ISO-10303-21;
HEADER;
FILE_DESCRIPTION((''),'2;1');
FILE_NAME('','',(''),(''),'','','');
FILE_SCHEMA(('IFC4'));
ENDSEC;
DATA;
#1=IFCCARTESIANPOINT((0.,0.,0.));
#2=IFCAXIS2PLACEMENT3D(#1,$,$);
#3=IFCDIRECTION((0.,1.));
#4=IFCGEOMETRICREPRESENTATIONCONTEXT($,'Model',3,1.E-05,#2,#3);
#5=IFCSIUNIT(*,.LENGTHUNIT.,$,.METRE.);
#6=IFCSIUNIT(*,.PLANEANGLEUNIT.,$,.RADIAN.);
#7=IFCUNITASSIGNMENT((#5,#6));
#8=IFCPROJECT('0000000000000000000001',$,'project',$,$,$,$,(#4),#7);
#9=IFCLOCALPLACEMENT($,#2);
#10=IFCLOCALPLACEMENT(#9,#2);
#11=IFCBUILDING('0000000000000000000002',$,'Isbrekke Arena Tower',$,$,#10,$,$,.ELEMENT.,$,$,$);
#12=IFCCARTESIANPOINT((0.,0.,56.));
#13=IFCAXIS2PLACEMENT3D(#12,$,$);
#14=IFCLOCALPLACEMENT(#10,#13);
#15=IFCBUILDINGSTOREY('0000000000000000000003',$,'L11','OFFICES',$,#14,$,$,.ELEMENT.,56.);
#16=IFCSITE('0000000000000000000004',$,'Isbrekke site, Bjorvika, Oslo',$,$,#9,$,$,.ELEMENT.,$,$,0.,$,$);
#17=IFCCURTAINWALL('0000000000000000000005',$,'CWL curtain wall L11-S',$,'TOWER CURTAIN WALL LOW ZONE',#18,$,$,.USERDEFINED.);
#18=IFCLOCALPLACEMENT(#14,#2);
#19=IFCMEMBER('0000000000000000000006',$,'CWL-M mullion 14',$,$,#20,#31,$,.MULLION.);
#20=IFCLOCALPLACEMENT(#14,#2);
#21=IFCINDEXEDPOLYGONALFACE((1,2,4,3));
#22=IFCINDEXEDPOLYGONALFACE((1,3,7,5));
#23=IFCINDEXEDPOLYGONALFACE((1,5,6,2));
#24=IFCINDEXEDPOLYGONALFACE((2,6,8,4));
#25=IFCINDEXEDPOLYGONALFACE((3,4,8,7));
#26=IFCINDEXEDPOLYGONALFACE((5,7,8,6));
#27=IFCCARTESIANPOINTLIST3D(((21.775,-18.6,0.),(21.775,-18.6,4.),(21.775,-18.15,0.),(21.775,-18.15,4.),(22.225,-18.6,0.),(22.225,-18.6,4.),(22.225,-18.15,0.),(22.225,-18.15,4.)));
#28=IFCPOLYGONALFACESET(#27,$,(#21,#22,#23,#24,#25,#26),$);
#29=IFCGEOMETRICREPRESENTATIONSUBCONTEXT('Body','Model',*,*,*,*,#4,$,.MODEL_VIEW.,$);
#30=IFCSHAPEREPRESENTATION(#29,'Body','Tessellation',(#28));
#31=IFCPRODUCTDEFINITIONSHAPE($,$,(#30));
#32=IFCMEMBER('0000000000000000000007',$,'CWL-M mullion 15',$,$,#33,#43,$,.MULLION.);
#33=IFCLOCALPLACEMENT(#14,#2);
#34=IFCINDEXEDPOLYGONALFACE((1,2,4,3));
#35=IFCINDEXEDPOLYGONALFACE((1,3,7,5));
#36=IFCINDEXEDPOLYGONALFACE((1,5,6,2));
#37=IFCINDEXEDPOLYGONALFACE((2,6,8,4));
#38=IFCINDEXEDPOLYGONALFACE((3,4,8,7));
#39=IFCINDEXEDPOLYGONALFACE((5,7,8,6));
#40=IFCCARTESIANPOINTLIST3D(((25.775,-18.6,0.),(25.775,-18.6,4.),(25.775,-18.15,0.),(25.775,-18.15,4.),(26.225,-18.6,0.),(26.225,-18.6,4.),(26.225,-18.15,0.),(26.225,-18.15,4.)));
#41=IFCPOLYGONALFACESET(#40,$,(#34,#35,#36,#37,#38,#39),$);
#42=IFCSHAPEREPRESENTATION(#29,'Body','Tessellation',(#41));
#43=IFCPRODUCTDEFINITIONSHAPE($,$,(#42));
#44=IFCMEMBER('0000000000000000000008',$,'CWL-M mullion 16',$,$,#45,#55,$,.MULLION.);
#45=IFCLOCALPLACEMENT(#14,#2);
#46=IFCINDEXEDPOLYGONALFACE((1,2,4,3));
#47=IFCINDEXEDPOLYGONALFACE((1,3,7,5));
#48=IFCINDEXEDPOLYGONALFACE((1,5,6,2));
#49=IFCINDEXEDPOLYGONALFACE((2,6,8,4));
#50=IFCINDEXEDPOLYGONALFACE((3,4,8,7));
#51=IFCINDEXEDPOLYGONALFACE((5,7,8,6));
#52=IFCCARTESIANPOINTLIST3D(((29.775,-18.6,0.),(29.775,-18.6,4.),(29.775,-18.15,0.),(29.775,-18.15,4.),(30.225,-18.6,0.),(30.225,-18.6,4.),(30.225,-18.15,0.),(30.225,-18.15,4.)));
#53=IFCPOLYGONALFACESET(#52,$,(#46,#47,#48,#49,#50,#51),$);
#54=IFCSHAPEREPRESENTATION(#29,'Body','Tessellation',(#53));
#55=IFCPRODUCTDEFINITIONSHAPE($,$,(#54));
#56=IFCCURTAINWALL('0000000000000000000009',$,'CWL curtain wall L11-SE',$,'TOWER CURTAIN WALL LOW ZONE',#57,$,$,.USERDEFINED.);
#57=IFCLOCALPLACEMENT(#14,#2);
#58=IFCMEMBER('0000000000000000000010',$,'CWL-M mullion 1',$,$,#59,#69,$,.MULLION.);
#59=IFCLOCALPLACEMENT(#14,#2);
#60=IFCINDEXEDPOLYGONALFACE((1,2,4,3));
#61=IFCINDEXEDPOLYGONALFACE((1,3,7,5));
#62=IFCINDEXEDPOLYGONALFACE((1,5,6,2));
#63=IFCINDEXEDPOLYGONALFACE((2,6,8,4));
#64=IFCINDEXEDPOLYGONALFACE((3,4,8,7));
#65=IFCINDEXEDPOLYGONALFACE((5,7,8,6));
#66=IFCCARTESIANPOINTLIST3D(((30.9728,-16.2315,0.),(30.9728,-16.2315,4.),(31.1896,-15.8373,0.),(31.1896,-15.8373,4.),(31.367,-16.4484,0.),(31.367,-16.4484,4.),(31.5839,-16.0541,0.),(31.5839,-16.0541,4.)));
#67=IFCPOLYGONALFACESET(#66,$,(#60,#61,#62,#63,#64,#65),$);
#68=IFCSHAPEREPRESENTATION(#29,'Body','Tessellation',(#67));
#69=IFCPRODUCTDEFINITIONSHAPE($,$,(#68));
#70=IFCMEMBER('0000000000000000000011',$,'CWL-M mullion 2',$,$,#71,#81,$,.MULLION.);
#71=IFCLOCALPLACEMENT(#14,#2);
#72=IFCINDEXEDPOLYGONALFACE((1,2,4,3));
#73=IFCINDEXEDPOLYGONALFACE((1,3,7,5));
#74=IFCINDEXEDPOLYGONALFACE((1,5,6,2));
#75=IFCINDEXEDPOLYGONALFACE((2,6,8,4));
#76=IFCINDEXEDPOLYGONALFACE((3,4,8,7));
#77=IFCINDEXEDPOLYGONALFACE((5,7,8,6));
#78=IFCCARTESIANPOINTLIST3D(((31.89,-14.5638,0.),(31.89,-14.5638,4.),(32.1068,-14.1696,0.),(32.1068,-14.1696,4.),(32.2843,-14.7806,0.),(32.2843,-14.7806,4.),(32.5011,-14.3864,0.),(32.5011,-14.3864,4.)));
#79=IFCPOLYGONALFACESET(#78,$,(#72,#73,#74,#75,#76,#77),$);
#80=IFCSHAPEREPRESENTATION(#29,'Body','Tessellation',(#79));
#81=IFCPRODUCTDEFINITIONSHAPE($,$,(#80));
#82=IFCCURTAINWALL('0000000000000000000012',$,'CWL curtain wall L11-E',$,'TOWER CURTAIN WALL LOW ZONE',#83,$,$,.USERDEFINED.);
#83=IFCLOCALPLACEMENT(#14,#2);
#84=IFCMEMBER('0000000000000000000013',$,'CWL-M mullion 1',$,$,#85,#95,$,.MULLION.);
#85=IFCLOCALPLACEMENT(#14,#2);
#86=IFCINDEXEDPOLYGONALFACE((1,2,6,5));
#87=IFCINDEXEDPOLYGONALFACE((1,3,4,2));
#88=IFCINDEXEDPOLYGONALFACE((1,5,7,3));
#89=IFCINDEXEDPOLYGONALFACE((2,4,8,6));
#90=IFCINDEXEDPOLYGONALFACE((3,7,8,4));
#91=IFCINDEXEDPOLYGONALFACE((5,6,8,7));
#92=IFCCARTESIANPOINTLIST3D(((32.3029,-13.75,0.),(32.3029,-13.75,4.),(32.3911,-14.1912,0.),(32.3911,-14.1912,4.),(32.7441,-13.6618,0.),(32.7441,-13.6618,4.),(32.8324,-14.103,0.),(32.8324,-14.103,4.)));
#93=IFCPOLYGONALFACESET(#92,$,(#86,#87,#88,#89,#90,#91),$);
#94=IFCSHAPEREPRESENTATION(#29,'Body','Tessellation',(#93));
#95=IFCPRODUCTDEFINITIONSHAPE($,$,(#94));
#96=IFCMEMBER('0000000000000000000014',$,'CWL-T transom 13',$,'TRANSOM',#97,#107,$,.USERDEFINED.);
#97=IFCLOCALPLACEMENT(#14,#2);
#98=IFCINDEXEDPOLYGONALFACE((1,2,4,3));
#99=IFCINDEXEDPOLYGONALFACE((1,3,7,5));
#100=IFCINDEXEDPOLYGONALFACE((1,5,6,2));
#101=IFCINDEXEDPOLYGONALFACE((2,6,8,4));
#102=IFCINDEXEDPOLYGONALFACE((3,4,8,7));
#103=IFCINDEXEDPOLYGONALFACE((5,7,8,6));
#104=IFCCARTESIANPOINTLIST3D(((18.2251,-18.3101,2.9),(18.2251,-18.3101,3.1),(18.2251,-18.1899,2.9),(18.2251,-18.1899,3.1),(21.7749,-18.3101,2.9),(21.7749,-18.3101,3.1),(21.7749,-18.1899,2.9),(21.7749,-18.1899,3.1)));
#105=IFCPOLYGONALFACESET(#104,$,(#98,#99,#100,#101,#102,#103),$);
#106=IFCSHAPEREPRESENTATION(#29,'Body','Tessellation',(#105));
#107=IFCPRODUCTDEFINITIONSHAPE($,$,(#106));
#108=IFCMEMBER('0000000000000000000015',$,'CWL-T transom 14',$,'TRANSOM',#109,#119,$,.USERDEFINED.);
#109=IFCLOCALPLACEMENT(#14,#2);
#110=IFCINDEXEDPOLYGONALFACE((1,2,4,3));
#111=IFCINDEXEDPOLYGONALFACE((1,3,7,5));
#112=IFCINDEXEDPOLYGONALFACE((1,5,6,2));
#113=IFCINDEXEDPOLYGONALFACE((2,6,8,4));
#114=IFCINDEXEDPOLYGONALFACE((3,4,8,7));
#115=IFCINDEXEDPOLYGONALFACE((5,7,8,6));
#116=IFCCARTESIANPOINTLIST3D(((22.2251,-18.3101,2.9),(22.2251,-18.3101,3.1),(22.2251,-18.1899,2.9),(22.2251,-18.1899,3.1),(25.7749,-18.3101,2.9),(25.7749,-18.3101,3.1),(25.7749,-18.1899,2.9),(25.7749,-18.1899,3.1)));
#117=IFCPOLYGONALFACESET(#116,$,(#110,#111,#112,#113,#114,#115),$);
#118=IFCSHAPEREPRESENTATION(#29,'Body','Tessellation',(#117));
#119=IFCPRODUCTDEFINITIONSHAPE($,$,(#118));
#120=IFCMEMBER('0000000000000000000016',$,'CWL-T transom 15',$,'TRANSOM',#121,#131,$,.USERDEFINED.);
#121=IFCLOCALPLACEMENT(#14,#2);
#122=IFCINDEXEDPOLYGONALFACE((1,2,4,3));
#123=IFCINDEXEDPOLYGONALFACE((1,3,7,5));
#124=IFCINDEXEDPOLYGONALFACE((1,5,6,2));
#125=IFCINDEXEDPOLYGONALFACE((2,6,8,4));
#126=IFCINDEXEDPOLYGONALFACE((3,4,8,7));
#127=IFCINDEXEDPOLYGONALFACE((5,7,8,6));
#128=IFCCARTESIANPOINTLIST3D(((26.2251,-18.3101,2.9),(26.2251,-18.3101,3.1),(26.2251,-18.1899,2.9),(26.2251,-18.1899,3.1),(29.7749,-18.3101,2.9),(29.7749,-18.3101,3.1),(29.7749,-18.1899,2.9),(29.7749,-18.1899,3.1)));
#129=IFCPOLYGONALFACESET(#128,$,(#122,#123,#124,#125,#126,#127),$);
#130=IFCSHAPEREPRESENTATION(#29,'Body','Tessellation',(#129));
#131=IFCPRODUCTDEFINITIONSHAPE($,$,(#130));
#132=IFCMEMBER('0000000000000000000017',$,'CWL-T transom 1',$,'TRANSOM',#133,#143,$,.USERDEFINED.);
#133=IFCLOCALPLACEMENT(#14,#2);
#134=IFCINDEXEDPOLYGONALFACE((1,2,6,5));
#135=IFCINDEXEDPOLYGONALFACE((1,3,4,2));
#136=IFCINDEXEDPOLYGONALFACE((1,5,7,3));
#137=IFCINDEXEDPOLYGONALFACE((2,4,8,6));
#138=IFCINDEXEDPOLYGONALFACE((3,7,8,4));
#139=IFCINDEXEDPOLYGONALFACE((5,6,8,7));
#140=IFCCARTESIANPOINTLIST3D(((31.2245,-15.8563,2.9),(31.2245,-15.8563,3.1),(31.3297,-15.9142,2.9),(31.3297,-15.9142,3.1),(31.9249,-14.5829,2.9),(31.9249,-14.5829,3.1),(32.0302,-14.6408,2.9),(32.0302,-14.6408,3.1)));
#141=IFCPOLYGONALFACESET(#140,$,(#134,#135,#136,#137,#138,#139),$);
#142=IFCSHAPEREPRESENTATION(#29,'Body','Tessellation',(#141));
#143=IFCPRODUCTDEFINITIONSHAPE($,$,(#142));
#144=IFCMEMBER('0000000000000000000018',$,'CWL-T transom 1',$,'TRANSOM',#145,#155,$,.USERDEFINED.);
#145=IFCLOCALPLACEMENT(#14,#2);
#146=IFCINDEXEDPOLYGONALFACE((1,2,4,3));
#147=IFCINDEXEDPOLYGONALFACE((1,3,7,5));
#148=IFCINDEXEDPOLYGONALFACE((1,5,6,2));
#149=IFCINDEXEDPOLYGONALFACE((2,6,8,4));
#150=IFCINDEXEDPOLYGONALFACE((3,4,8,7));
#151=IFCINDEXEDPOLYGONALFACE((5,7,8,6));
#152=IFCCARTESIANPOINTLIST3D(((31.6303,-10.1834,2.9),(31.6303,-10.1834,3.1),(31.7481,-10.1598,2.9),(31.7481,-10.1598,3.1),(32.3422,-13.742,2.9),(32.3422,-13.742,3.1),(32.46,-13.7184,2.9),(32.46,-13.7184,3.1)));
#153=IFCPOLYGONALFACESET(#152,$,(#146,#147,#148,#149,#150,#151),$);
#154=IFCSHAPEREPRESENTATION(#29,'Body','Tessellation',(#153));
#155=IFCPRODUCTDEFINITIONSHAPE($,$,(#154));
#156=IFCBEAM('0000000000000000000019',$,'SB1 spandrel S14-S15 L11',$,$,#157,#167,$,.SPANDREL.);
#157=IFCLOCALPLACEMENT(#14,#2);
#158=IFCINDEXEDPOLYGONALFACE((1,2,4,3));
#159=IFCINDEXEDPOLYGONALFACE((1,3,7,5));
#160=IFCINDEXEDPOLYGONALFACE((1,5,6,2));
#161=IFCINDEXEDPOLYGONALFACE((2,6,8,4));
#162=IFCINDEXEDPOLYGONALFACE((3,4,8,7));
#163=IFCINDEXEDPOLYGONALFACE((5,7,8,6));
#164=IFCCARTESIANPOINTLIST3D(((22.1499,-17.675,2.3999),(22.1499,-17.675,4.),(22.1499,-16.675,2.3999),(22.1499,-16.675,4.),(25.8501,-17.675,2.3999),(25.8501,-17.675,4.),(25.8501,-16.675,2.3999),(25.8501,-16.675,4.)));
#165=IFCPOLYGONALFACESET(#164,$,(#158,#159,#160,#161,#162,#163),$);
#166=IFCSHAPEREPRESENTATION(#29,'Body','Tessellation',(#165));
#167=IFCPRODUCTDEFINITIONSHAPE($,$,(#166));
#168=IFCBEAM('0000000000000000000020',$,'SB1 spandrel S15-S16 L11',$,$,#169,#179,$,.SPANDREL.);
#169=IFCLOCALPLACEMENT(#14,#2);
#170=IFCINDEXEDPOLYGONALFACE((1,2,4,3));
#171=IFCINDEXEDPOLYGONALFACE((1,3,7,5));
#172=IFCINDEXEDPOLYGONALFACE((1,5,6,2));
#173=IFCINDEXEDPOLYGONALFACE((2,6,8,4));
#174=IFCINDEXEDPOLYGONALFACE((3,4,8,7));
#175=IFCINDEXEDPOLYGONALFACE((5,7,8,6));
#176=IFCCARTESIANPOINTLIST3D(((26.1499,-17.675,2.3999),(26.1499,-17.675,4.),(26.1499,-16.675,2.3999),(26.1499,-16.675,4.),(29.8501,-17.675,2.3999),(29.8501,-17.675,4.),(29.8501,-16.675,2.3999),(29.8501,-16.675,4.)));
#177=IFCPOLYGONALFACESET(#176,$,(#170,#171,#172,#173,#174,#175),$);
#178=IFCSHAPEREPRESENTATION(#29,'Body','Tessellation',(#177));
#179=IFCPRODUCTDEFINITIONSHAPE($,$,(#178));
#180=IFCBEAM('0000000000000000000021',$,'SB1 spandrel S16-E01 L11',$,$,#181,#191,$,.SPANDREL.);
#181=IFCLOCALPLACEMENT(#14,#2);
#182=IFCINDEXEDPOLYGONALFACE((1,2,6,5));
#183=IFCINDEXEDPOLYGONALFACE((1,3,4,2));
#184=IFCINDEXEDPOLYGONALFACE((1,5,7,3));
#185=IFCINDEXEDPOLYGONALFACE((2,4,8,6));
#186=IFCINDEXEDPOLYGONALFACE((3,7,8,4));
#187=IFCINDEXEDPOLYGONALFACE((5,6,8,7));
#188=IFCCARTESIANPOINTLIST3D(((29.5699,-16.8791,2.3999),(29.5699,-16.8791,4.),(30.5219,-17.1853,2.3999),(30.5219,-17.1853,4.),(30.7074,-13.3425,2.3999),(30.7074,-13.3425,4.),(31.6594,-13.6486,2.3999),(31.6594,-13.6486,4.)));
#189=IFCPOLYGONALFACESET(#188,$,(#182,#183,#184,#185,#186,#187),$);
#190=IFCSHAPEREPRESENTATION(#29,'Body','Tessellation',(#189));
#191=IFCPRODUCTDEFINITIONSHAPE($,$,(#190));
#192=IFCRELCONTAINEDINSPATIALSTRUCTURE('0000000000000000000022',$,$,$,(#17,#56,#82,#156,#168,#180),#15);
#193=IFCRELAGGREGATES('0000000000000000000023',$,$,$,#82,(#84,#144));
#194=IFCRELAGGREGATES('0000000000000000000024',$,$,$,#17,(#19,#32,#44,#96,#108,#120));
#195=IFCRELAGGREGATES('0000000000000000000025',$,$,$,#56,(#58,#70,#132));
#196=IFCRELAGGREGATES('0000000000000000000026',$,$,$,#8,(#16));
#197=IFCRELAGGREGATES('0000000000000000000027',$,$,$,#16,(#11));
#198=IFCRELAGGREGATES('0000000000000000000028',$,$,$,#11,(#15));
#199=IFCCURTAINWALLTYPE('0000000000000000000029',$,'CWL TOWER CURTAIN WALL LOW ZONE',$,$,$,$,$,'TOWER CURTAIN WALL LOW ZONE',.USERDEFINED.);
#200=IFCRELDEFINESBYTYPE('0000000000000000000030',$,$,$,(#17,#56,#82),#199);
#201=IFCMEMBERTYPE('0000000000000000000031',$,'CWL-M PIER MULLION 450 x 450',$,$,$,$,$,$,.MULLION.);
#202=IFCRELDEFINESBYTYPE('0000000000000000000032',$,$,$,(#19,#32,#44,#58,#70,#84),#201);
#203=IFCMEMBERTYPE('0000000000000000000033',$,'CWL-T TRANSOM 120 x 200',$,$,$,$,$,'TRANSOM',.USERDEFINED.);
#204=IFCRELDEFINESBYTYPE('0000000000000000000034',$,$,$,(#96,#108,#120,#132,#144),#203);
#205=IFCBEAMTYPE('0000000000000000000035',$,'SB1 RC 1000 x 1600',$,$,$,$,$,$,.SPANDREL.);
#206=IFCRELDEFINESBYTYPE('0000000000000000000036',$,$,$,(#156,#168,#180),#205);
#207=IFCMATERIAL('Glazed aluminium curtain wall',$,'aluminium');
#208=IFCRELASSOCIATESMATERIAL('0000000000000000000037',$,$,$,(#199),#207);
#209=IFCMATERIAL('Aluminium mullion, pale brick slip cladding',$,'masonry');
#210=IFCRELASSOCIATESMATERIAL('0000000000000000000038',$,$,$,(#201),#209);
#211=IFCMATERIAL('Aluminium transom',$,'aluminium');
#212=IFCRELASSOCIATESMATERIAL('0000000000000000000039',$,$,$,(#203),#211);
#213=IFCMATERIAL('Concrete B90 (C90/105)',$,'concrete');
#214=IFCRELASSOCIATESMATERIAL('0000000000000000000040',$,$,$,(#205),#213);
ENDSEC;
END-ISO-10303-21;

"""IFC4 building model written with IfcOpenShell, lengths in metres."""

from ifc_helpers import new_model, si_unit, direction, frame, origin, origin_2d, place, context, subcontext, project, spatial, rectangle, extrude, material, material_profile, profile_set, type_object, element, aggregate, save


model = new_model("IFC4")

# Units and contexts
model_context = context("Model", 3, precision=1e-05, world=origin(), true_north=direction((0.0, 1.0)))
body_context = subcontext(model_context, "Body", "Model", "MODEL_VIEW")
ifc_project = project(units=[si_unit("LENGTHUNIT", "METRE"), si_unit("PLANEANGLEUNIT", "RADIAN")], contexts=[model_context])

# Site, building, storey
site_placement = place(None, origin())
site = spatial("IfcSite", under=ifc_project, at=site_placement, Name="Isbrekke site, Bjorvika, Oslo", CompositionType="ELEMENT", RefElevation=0.0)
building_placement = place(site_placement, origin())
building = spatial("IfcBuilding", under=site, at=building_placement, Name="Isbrekke Arena Tower", CompositionType="ELEMENT")
storey_placement = place(building_placement, frame((0.0, 0.0, 56.0)))
storey = spatial("IfcBuildingStorey", under=building, at=storey_placement, Name="L11", Description="OFFICES", CompositionType="ELEMENT", Elevation=56.0)

# Curtain walls, members
ifc_material_1 = material(Name="Glazed aluminium curtain wall", Category="aluminium")
curtain_wall_type = type_object("IfcCurtainWallType", Name="CWL TOWER CURTAIN WALL LOW ZONE", ElementType="TOWER CURTAIN WALL LOW ZONE", PredefinedType="USERDEFINED", material=ifc_material_1)
curtain_wall_1_placement = place(storey_placement, origin())
curtain_wall_1 = element("IfcCurtainWall", 1, at=curtain_wall_1_placement, inside=storey, type_object=curtain_wall_type, Name="CWL curtain wall L11-S", ObjectType="TOWER CURTAIN WALL LOW ZONE", PredefinedType="USERDEFINED")
ifc_material_2 = material(Name="Aluminium mullion, pale brick slip cladding", Category="masonry")
ifc_material_profile_1 = material_profile(ifc_material_2, rectangle(XDim=0.45, YDim=0.45, at=origin_2d()), Name="PIER 450X450")
ifc_profile_set_1 = profile_set([ifc_material_profile_1], Name="Aluminium mullion, pale brick slip cladding")
member_type_1 = type_object("IfcMemberType", Name="CWL-M PIER MULLION 450 x 450", PredefinedType="MULLION", material=ifc_profile_set_1)
member_1_placement = place(storey_placement, frame((22.0, -18.375, 0.0), z_axis=(0.0, 0.0, 1.0), x_axis=(1.0, 0.0, 0.0)))
member_1 = element("IfcMember", 2, at=member_1_placement, type_object=member_type_1, Name="CWL-M mullion 14", PredefinedType="MULLION", context=body_context, shape_type="SweptSolid", body=[
    extrude(rectangle(XDim=0.45, YDim=0.45, at=origin_2d()), origin(), (0.0, 0.0, 1.0), 4.0),
])
member_2_placement = place(storey_placement, frame((26.0, -18.375, 0.0), z_axis=(0.0, 0.0, 1.0), x_axis=(1.0, 0.0, 0.0)))
member_2 = element("IfcMember", 3, at=member_2_placement, type_object=member_type_1, Name="CWL-M mullion 15", PredefinedType="MULLION", context=body_context, shape_type="SweptSolid", body=[
    extrude(rectangle(XDim=0.45, YDim=0.45, at=origin_2d()), origin(), (0.0, 0.0, 1.0), 4.0),
])
member_3_placement = place(storey_placement, frame((30.0, -18.375, 0.0), z_axis=(0.0, 0.0, 1.0), x_axis=(1.0, 0.0, 0.0)))
member_3 = element("IfcMember", 4, at=member_3_placement, type_object=member_type_1, Name="CWL-M mullion 16", PredefinedType="MULLION", context=body_context, shape_type="SweptSolid", body=[
    extrude(rectangle(XDim=0.45, YDim=0.45, at=origin_2d()), origin(), (0.0, 0.0, 1.0), 4.0),
])
curtain_wall_2_placement = place(storey_placement, origin())
curtain_wall_2 = element("IfcCurtainWall", 5, at=curtain_wall_2_placement, inside=storey, type_object=curtain_wall_type, Name="CWL curtain wall L11-SE", ObjectType="TOWER CURTAIN WALL LOW ZONE", PredefinedType="USERDEFINED")
member_4_placement = place(storey_placement, frame((31.2783, -16.1428, 0.0), z_axis=(0.0, 0.0, 1.0), x_axis=(0.481919, 0.876216, 0.0)))
member_4 = element("IfcMember", 6, at=member_4_placement, type_object=member_type_1, Name="CWL-M mullion 1", PredefinedType="MULLION", context=body_context, shape_type="SweptSolid", body=[
    extrude(rectangle(XDim=0.45, YDim=0.45, at=origin_2d()), origin(), (0.0, 0.0, 1.0), 4.0),
])
member_5_placement = place(storey_placement, frame((32.1956, -14.4751, 0.0), z_axis=(0.0, 0.0, 1.0), x_axis=(0.481919, 0.876216, 0.0)))
member_5 = element("IfcMember", 7, at=member_5_placement, type_object=member_type_1, Name="CWL-M mullion 2", PredefinedType="MULLION", context=body_context, shape_type="SweptSolid", body=[
    extrude(rectangle(XDim=0.45, YDim=0.45, at=origin_2d()), origin(), (0.0, 0.0, 1.0), 4.0),
])

# Curtain wall, member
curtain_wall_3_placement = place(storey_placement, origin())
curtain_wall_3 = element("IfcCurtainWall", 8, at=curtain_wall_3_placement, inside=storey, type_object=curtain_wall_type, Name="CWL curtain wall L11-E", ObjectType="TOWER CURTAIN WALL LOW ZONE", PredefinedType="USERDEFINED")
member_6_placement = place(storey_placement, frame((32.5676, -13.9265, 0.0), z_axis=(0.0, 0.0, 1.0), x_axis=(-0.196116, 0.980581, 0.0)))
member_6 = element("IfcMember", 9, at=member_6_placement, type_object=member_type_1, Name="CWL-M mullion 1", PredefinedType="MULLION", context=body_context, shape_type="SweptSolid", body=[
    extrude(rectangle(XDim=0.45, YDim=0.45, at=origin_2d()), origin(), (0.0, 0.0, 1.0), 4.0),
])

# Members
ifc_material_3 = material(Name="Aluminium transom", Category="aluminium")
ifc_material_profile_2 = material_profile(ifc_material_3, rectangle(XDim=0.1201, YDim=0.2, at=origin_2d()), Name="TRANSOM 120X200")
ifc_profile_set_2 = profile_set([ifc_material_profile_2], Name="Aluminium transom")
member_type_2 = type_object("IfcMemberType", Name="CWL-T TRANSOM 120 x 200", ElementType="TRANSOM", PredefinedType="USERDEFINED", material=ifc_profile_set_2)
member_7_placement = place(storey_placement, frame((18.2251, -18.25, 3.0), z_axis=(1.0, 0.0, 0.0), x_axis=(0.0, 1.0, 0.0)))
member_7 = element("IfcMember", 10, at=member_7_placement, type_object=member_type_2, Name="CWL-T transom 13", ObjectType="TRANSOM", PredefinedType="USERDEFINED", context=body_context, shape_type="SweptSolid", body=[
    extrude(rectangle(XDim=0.1201, YDim=0.2, at=origin_2d()), origin(), (0.0, 0.0, 1.0), 3.5498),
])
member_8_placement = place(storey_placement, frame((22.2251, -18.25, 3.0), z_axis=(1.0, 0.0, 0.0), x_axis=(0.0, 1.0, 0.0)))
member_8 = element("IfcMember", 11, at=member_8_placement, type_object=member_type_2, Name="CWL-T transom 14", ObjectType="TRANSOM", PredefinedType="USERDEFINED", context=body_context, shape_type="SweptSolid", body=[
    extrude(rectangle(XDim=0.1201, YDim=0.2, at=origin_2d()), origin(), (0.0, 0.0, 1.0), 3.5498),
])
member_9_placement = place(storey_placement, frame((26.2251, -18.25, 3.0), z_axis=(1.0, 0.0, 0.0), x_axis=(0.0, 1.0, 0.0)))
member_9 = element("IfcMember", 12, at=member_9_placement, type_object=member_type_2, Name="CWL-T transom 15", ObjectType="TRANSOM", PredefinedType="USERDEFINED", context=body_context, shape_type="SweptSolid", body=[
    extrude(rectangle(XDim=0.1201, YDim=0.2, at=origin_2d()), origin(), (0.0, 0.0, 1.0), 3.5498),
])
member_10_placement = place(storey_placement, frame((31.2771, -15.8853, 3.0), z_axis=(0.481945, 0.876202, 0.0), x_axis=(-0.876202, 0.481945, 0.0)))
member_10 = element("IfcMember", 13, at=member_10_placement, type_object=member_type_2, Name="CWL-T transom 1", ObjectType="TRANSOM", PredefinedType="USERDEFINED", context=body_context, shape_type="SweptSolid", body=[
    extrude(rectangle(XDim=0.1201, YDim=0.2, at=origin_2d()), origin(), (0.0, 0.0, 1.0), 1.4534),
])
member_11_placement = place(storey_placement, frame((32.4011, -13.7302, 3.0), z_axis=(-0.196168, 0.98057, 0.0), x_axis=(-0.98057, -0.196168, 0.0)))
member_11 = element("IfcMember", 14, at=member_11_placement, type_object=member_type_2, Name="CWL-T transom 1", ObjectType="TRANSOM", PredefinedType="USERDEFINED", context=body_context, shape_type="SweptSolid", body=[
    extrude(rectangle(XDim=0.1201, YDim=0.2, at=origin_2d()), origin(), (0.0, 0.0, 1.0), 3.6292),
])
aggregate(curtain_wall_3, [member_6, member_11])

# Beams
ifc_material_4 = material(Name="Concrete B90 (C90/105)", Category="concrete")
ifc_material_profile_3 = material_profile(ifc_material_4, rectangle(XDim=1.0, YDim=1.6001, at=origin_2d()), Name="RC 1000x1600")
ifc_profile_set_3 = profile_set([ifc_material_profile_3], Name="Concrete B90 (C90/105)")
beam_type_1 = type_object("IfcBeamType", Name="SB1 RC 1000 x 1600", PredefinedType="SPANDREL", material=ifc_profile_set_3)
for number, where, z_axis, x_axis, name in (
    (15, (22.1499, -17.175, 3.2), (1.0, 0.0, 0.0), (0.0, 1.0, 0.0), "SB1 spandrel S14-S15 L11"),
    (16, (26.1499, -17.175, 3.2), (1.0, 0.0, 0.0), (0.0, 1.0, 0.0), "SB1 spandrel S15-S16 L11"),
):
    element("IfcBeam", number, at=place(storey_placement, frame(where, z_axis=z_axis, x_axis=x_axis)), inside=storey, type_object=beam_type_1, Name=name, PredefinedType="SPANDREL", context=body_context, shape_type="SweptSolid", body=[
        extrude(rectangle(XDim=1.0, YDim=1.6001, at=origin_2d()), origin(), (0.0, 0.0, 1.0), 3.7002),
    ])
beam_1_placement = place(storey_placement, frame((30.0459, -17.0322, 3.2), z_axis=(0.306175, 0.951975, 0.0), x_axis=(-0.951975, 0.306175, 0.0)))
element("IfcBeam", 17, at=beam_1_placement, inside=storey, type_object=beam_type_1, Name="SB1 spandrel S16-E01 L11", PredefinedType="SPANDREL", context=body_context, shape_type="SweptSolid", body=[
    extrude(rectangle(XDim=1.0, YDim=1.6001, at=origin_2d()), origin(), (0.0, 0.0, 1.0), 3.7151),
])

aggregate(curtain_wall_1, [member_1, member_2, member_3, member_7, member_8, member_9])
aggregate(curtain_wall_2, [member_4, member_5, member_10])

save(model, "model.ifc")
